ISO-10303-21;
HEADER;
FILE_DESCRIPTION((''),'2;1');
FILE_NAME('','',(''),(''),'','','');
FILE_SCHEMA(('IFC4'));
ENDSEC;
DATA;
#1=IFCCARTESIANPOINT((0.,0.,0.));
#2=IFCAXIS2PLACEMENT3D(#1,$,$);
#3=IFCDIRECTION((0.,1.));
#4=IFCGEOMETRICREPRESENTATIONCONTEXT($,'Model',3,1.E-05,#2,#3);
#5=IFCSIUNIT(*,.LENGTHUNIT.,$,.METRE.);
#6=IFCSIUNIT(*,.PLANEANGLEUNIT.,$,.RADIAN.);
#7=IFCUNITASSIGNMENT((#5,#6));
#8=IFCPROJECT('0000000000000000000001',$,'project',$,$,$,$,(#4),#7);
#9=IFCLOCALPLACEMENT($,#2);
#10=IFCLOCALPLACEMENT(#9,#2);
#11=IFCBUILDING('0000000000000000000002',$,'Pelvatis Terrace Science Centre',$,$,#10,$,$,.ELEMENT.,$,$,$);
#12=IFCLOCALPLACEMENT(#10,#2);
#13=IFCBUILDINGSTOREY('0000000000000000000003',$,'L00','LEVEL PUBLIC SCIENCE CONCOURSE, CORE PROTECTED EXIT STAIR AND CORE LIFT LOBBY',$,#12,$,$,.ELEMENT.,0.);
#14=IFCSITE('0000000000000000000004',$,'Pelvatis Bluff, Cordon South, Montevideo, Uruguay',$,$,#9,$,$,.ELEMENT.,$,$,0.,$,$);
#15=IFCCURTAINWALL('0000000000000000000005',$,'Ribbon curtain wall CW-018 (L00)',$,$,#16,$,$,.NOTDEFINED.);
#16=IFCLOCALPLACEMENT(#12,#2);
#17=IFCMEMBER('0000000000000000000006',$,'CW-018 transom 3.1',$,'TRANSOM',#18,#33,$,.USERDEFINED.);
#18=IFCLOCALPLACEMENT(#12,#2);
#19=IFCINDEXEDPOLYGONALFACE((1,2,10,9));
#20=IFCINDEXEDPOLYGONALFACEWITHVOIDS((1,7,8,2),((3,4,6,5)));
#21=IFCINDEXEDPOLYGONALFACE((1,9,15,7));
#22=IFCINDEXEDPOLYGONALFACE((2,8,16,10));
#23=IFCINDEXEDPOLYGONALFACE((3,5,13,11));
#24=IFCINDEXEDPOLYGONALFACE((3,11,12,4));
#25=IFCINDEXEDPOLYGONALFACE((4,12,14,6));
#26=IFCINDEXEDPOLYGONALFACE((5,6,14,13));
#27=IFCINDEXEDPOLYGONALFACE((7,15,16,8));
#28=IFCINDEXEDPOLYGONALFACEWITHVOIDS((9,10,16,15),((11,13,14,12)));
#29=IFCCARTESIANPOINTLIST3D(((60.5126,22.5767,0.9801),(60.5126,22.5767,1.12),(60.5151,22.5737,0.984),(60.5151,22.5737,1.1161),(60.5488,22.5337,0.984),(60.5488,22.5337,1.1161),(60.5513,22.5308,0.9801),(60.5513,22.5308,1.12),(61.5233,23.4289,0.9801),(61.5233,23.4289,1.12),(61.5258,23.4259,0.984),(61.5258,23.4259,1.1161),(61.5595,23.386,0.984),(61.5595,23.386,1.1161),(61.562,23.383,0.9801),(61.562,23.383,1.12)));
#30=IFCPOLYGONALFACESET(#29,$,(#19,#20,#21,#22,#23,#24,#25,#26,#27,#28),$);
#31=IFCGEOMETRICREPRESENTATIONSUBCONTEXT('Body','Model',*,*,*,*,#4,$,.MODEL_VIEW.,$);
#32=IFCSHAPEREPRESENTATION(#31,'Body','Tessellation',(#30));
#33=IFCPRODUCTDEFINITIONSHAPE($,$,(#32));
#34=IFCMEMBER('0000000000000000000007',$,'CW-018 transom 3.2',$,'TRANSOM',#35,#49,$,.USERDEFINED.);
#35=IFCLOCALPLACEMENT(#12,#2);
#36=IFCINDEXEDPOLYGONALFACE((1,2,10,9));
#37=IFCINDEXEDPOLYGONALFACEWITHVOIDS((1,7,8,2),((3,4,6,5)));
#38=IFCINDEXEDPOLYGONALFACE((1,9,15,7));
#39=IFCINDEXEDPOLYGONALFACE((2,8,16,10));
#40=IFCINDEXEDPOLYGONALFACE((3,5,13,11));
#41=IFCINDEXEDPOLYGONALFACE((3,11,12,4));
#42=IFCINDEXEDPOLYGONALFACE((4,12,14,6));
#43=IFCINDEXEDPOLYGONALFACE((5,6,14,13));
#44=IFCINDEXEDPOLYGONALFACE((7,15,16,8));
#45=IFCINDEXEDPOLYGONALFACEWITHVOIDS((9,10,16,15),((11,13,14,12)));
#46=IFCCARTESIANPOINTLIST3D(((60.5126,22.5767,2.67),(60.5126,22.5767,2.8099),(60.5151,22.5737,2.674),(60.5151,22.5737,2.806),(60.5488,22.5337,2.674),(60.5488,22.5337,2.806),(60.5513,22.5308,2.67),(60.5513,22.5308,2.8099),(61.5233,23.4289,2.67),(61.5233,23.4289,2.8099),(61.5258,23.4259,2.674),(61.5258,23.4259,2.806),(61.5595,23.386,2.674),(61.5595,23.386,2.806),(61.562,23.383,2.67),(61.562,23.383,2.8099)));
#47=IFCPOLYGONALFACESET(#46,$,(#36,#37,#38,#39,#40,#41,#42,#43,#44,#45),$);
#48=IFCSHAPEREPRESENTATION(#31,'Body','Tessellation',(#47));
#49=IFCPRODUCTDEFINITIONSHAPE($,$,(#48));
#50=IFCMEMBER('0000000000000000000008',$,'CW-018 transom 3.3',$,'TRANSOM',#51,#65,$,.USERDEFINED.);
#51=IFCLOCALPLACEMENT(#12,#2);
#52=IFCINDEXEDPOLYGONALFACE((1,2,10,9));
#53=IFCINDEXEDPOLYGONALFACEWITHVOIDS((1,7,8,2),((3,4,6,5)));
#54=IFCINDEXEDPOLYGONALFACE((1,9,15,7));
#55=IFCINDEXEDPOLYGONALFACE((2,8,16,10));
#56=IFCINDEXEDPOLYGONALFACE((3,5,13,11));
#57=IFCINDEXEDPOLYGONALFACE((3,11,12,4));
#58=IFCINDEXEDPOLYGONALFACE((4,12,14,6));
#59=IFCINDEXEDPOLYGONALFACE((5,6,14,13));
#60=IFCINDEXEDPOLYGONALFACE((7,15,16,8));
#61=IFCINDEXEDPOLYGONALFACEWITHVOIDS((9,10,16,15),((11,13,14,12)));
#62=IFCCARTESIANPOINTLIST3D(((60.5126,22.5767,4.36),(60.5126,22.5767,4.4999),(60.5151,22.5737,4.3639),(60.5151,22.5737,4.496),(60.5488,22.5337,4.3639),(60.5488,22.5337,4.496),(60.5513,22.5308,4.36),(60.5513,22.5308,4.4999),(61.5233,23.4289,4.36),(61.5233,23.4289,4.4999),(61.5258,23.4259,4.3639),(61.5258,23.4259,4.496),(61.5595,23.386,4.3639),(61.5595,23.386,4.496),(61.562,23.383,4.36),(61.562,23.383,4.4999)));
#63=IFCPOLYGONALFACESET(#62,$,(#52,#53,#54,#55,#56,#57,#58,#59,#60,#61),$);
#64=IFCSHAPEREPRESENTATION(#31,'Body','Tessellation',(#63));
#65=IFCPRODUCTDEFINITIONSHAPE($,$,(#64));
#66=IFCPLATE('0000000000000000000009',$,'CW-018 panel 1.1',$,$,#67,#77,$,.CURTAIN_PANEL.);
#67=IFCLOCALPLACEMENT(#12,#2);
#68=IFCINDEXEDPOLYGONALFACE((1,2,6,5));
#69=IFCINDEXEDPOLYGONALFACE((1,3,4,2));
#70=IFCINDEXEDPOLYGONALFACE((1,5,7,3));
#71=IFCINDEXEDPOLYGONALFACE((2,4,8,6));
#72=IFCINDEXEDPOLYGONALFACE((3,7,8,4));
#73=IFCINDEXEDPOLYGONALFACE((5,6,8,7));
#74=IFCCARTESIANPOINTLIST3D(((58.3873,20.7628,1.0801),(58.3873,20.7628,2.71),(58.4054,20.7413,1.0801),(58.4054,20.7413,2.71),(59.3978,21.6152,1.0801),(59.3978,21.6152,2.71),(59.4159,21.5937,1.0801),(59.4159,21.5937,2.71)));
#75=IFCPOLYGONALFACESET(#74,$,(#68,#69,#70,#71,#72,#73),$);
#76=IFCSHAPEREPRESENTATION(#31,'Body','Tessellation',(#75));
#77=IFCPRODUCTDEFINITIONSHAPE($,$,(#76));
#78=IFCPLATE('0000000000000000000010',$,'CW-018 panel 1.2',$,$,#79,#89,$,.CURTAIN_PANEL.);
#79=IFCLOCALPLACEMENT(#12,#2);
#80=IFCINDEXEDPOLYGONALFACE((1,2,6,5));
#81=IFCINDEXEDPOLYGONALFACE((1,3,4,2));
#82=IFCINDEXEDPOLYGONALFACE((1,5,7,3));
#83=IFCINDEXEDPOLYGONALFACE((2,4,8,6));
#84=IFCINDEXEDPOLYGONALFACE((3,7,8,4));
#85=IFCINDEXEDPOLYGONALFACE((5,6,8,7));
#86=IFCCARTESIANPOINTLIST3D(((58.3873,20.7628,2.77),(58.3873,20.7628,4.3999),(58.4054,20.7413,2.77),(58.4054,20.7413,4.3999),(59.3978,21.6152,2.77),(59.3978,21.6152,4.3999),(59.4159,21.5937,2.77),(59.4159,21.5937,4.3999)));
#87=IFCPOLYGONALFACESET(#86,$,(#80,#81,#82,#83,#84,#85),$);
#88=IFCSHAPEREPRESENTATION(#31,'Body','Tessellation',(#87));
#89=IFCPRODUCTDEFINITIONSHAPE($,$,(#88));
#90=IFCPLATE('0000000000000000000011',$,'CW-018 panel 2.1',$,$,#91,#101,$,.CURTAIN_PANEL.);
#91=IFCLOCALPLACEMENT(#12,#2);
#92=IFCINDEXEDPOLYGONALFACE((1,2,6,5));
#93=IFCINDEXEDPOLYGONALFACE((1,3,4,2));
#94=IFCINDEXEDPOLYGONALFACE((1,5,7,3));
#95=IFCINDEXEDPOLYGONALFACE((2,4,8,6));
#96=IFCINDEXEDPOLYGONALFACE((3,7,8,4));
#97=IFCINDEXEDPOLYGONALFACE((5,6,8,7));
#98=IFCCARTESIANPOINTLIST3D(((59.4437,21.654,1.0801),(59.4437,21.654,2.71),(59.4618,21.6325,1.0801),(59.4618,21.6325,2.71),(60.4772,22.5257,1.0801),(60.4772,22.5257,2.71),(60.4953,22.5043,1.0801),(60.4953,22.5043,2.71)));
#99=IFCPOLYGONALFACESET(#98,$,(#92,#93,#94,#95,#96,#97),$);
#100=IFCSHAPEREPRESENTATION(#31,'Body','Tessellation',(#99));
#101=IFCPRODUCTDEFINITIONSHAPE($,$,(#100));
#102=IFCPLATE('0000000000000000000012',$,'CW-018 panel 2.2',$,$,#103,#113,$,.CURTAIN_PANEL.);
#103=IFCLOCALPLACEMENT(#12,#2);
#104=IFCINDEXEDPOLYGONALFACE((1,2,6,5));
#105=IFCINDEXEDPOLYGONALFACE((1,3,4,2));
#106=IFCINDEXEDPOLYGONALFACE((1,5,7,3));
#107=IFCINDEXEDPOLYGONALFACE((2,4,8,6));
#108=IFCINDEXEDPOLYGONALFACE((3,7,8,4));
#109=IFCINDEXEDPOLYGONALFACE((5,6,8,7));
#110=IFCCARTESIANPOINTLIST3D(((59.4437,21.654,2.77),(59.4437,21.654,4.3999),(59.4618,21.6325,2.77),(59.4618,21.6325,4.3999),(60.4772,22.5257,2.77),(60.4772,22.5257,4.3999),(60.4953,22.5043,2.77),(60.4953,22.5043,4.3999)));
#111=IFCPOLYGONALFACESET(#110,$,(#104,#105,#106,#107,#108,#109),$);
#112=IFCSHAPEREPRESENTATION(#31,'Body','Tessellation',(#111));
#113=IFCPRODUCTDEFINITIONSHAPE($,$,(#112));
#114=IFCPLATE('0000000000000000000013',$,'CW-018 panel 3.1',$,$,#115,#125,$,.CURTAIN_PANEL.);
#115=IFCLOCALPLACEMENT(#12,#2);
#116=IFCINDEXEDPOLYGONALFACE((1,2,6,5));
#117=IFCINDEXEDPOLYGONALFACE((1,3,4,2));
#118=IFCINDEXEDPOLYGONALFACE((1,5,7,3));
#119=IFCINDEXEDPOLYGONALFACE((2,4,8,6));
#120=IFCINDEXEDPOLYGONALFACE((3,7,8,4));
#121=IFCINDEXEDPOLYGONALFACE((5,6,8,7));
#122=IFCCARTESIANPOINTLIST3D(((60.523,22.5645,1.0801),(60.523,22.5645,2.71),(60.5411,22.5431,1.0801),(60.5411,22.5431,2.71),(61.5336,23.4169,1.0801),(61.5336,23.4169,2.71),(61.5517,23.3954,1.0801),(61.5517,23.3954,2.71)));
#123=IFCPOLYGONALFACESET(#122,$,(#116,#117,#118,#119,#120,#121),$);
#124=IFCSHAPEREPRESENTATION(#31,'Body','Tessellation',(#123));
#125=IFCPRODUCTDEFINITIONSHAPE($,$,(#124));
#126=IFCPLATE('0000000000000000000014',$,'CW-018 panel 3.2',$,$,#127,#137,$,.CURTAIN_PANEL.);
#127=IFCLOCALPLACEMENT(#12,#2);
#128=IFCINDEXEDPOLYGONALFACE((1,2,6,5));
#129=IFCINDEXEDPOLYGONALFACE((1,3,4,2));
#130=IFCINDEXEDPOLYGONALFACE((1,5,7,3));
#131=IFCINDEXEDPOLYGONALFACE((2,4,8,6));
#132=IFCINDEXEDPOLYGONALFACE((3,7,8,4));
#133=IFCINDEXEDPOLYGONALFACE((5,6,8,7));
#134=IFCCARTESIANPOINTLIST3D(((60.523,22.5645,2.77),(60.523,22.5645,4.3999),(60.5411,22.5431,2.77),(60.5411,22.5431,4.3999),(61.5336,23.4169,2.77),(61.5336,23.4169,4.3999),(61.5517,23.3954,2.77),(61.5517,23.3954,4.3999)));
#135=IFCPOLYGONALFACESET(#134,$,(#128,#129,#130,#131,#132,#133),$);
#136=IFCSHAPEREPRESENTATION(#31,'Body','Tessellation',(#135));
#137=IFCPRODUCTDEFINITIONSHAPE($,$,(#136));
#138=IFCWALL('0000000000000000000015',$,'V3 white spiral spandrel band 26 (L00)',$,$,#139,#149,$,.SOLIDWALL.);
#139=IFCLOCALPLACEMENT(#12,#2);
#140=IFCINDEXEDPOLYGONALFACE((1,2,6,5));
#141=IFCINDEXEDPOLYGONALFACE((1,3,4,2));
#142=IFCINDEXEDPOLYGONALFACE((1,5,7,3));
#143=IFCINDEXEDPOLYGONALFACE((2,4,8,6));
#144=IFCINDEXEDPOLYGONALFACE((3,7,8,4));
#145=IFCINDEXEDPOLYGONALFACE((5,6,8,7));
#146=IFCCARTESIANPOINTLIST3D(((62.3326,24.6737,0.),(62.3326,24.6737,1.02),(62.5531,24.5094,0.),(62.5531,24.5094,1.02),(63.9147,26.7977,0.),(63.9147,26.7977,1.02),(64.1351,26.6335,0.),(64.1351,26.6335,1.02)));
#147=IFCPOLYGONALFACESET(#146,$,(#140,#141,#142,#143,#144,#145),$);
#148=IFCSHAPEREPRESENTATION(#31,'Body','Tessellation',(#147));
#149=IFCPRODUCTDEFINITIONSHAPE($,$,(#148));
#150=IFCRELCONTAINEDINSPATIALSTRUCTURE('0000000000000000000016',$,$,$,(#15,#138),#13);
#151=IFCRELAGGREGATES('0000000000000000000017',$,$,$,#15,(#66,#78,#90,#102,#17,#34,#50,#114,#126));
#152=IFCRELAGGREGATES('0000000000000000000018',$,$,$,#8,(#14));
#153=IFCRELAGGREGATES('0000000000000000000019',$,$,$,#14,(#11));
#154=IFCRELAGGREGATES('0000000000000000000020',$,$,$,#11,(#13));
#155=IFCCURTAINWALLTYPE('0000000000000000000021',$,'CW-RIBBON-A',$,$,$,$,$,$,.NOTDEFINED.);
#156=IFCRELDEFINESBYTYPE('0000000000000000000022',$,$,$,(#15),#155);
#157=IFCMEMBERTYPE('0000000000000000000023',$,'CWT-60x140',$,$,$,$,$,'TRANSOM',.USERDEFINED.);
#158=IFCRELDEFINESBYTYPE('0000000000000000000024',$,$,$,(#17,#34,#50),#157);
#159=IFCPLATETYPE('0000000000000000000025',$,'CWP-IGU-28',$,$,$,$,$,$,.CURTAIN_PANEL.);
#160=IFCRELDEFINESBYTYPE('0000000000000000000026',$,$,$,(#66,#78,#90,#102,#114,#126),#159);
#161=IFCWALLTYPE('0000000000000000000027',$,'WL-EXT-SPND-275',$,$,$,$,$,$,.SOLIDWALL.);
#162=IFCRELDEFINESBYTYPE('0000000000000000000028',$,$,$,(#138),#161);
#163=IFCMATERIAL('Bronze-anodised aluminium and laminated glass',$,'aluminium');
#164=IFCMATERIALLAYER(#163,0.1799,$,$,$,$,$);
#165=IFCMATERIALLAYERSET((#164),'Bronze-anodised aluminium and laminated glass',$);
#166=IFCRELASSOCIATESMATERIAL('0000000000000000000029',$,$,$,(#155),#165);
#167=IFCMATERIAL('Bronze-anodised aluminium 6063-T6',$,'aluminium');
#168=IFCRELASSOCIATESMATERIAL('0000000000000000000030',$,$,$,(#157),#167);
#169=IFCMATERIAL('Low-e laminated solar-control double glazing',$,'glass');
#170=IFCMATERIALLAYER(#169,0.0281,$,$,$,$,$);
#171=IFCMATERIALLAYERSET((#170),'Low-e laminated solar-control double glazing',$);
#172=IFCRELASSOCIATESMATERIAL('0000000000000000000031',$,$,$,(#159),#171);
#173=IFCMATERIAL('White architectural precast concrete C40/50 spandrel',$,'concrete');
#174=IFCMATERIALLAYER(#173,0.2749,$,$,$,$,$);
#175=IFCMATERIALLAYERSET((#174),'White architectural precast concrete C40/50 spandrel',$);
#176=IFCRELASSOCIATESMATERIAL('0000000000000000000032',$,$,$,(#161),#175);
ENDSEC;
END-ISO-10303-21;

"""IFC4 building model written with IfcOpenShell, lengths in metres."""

from ifc_helpers import new_model, si_unit, direction, frame, frame_2d, origin, origin_2d, place, context, subcontext, project, spatial, rectangle, hollow_rectangle, extrude, material, layer, layer_set, material_profile, profile_set, type_object, element, aggregate, save


model = new_model("IFC4")

# Units and contexts
model_context = context("Model", 3, precision=1e-05, world=origin(), true_north=direction((0.0, 1.0)))
body_context = subcontext(model_context, "Body", "Model", "MODEL_VIEW")
ifc_project = project(units=[si_unit("LENGTHUNIT", "METRE"), si_unit("PLANEANGLEUNIT", "RADIAN")], contexts=[model_context])

# Site, building, storey
site_placement = place(None, origin())
site = spatial("IfcSite", under=ifc_project, at=site_placement, Name="Pelvatis Bluff, Cordon South, Montevideo, Uruguay", CompositionType="ELEMENT", RefElevation=0.0)
building_placement = place(site_placement, origin())
building = spatial("IfcBuilding", under=site, at=building_placement, Name="Pelvatis Terrace Science Centre", CompositionType="ELEMENT")
storey_placement = place(building_placement, origin())
storey = spatial("IfcBuildingStorey", under=building, at=storey_placement, Name="L00", Description="LEVEL PUBLIC SCIENCE CONCOURSE, CORE PROTECTED EXIT STAIR AND CORE LIFT LOBBY", CompositionType="ELEMENT", Elevation=0.0)

# Curtain wall, members, plates
ifc_material_1 = material(Name="Bronze-anodised aluminium and laminated glass", Category="aluminium")
ifc_layer_1 = layer(ifc_material_1, 0.1799)
ifc_layer_set_1 = layer_set([ifc_layer_1], Name="Bronze-anodised aluminium and laminated glass")
curtain_wall_type = type_object("IfcCurtainWallType", Name="CW-RIBBON-A", PredefinedType="NOTDEFINED", material=ifc_layer_set_1)
curtain_wall_placement = place(storey_placement, origin())
curtain_wall = element("IfcCurtainWall", 1, at=curtain_wall_placement, inside=storey, type_object=curtain_wall_type, Name="Ribbon curtain wall CW-018 (L00)", PredefinedType="NOTDEFINED")
ifc_material_2 = material(Name="Bronze-anodised aluminium 6063-T6", Category="aluminium")
ifc_material_profile_1 = material_profile(ifc_material_2, hollow_rectangle(XDim=0.0601, YDim=0.1399, WallThickness=0.0039, at=origin_2d()), Name="ALU-TRN 60x140")
ifc_profile_set_1 = profile_set([ifc_material_profile_1], Name="Bronze-anodised aluminium 6063-T6")
member_type_1 = type_object("IfcMemberType", Name="CWT-60x140", ElementType="TRANSOM", PredefinedType="USERDEFINED", material=ifc_profile_set_1)
member_1_placement = place(storey_placement, frame((60.532, 22.5537, 1.05), z_axis=(0.764485, 0.644642, 0.0), x_axis=(-0.644642, 0.764485, 0.0)))
member_1 = element("IfcMember", 2, at=member_1_placement, type_object=member_type_1, Name="CW-018 transom 3.1", ObjectType="TRANSOM", PredefinedType="USERDEFINED", context=body_context, shape_type="SweptSolid", body=[
    extrude(hollow_rectangle(XDim=0.0601, YDim=0.1399, WallThickness=0.0039, at=origin_2d()), origin(), (0.0, 0.0, 1.0), 1.322),
])
member_2_placement = place(storey_placement, frame((60.532, 22.5537, 2.74), z_axis=(0.764485, 0.644642, 0.0), x_axis=(-0.644642, 0.764485, 0.0)))
member_2 = element("IfcMember", 3, at=member_2_placement, type_object=member_type_1, Name="CW-018 transom 3.2", ObjectType="TRANSOM", PredefinedType="USERDEFINED", context=body_context, shape_type="SweptSolid", body=[
    extrude(hollow_rectangle(XDim=0.0601, YDim=0.1399, WallThickness=0.0039, at=origin_2d()), origin(), (0.0, 0.0, 1.0), 1.322),
])
member_3_placement = place(storey_placement, frame((60.532, 22.5537, 4.4299), z_axis=(0.764485, 0.644642, 0.0), x_axis=(-0.644642, 0.764485, 0.0)))
member_3 = element("IfcMember", 4, at=member_3_placement, type_object=member_type_1, Name="CW-018 transom 3.3", ObjectType="TRANSOM", PredefinedType="USERDEFINED", context=body_context, shape_type="SweptSolid", body=[
    extrude(hollow_rectangle(XDim=0.0601, YDim=0.1399, WallThickness=0.0039, at=origin_2d()), origin(), (0.0, 0.0, 1.0), 1.322),
])
ifc_material_3 = material(Name="Low-e laminated solar-control double glazing", Category="glass")
ifc_layer_2 = layer(ifc_material_3, 0.0281)
ifc_layer_set_2 = layer_set([ifc_layer_2], Name="Low-e laminated solar-control double glazing")
plate_type = type_object("IfcPlateType", Name="CWP-IGU-28", PredefinedType="CURTAIN_PANEL", material=ifc_layer_set_2)
plate_1_placement = place(storey_placement, frame((58.9016, 21.1782, 1.0801), z_axis=(0.0, 0.0, 1.0), x_axis=(0.764378, 0.644768, 0.0)))
plate_1 = element("IfcPlate", 5, at=plate_1_placement, type_object=plate_type, Name="CW-018 panel 1.1", PredefinedType="CURTAIN_PANEL", context=body_context, shape_type="SweptSolid", body=[
    extrude(rectangle(XDim=1.322, YDim=0.0281, at=origin_2d()), origin(), (0.0, 0.0, 1.0), 1.6299),
])
plate_2_placement = place(storey_placement, frame((58.9016, 21.1782, 2.77), z_axis=(0.0, 0.0, 1.0), x_axis=(0.764378, 0.644768, 0.0)))
plate_2 = element("IfcPlate", 6, at=plate_2_placement, type_object=plate_type, Name="CW-018 panel 1.2", PredefinedType="CURTAIN_PANEL", context=body_context, shape_type="SweptSolid", body=[
    extrude(rectangle(XDim=1.322, YDim=0.0281, at=origin_2d()), origin(), (0.0, 0.0, 1.0), 1.6299),
])
plate_3_placement = place(storey_placement, frame((59.9695, 22.0791, 1.0801), z_axis=(0.0, 0.0, 1.0), x_axis=(0.764378, 0.644768, 0.0)))
plate_3 = element("IfcPlate", 7, at=plate_3_placement, type_object=plate_type, Name="CW-018 panel 2.1", PredefinedType="CURTAIN_PANEL", context=body_context, shape_type="SweptSolid", body=[
    extrude(rectangle(XDim=1.3521, YDim=0.0281, at=origin_2d()), origin(), (0.0, 0.0, 1.0), 1.6299),
])
plate_4_placement = place(storey_placement, frame((59.9695, 22.0791, 2.77), z_axis=(0.0, 0.0, 1.0), x_axis=(0.764378, 0.644768, 0.0)))
plate_4 = element("IfcPlate", 8, at=plate_4_placement, type_object=plate_type, Name="CW-018 panel 2.2", PredefinedType="CURTAIN_PANEL", context=body_context, shape_type="SweptSolid", body=[
    extrude(rectangle(XDim=1.3521, YDim=0.0281, at=origin_2d()), origin(), (0.0, 0.0, 1.0), 1.6299),
])
plate_5_placement = place(storey_placement, frame((61.0374, 22.98, 1.0801), z_axis=(0.0, 0.0, 1.0), x_axis=(0.764378, 0.644768, 0.0)))
plate_5 = element("IfcPlate", 9, at=plate_5_placement, type_object=plate_type, Name="CW-018 panel 3.1", PredefinedType="CURTAIN_PANEL", context=body_context, shape_type="SweptSolid", body=[
    extrude(rectangle(XDim=1.322, YDim=0.0281, at=origin_2d()), origin(), (0.0, 0.0, 1.0), 1.6299),
])
plate_6_placement = place(storey_placement, frame((61.0374, 22.98, 2.77), z_axis=(0.0, 0.0, 1.0), x_axis=(0.764378, 0.644768, 0.0)))
plate_6 = element("IfcPlate", 10, at=plate_6_placement, type_object=plate_type, Name="CW-018 panel 3.2", PredefinedType="CURTAIN_PANEL", context=body_context, shape_type="SweptSolid", body=[
    extrude(rectangle(XDim=1.322, YDim=0.0281, at=origin_2d()), origin(), (0.0, 0.0, 1.0), 1.6299),
])
aggregate(curtain_wall, [plate_1, plate_2, plate_3, plate_4, member_1, member_2, member_3, plate_5, plate_6])

# Wall
ifc_material_4 = material(Name="White architectural precast concrete C40/50 spandrel", Category="concrete")
ifc_layer_3 = layer(ifc_material_4, 0.2749)
ifc_layer_set_3 = layer_set([ifc_layer_3], Name="White architectural precast concrete C40/50 spandrel")
wall_type = type_object("IfcWallType", Name="WL-EXT-SPND-275", PredefinedType="SOLIDWALL", material=ifc_layer_set_3)
wall_placement = place(storey_placement, frame((62.4429, 24.5916, 0.0), z_axis=(0.0, 0.0, 1.0), x_axis=(0.597342, 0.801987, 0.0)))
element("IfcWall", 11, at=wall_placement, inside=storey, type_object=wall_type, Name="V3 white spiral spandrel band 26 (L00)", PredefinedType="SOLIDWALL", context=body_context, shape_type="SweptSolid", body=[
    extrude(rectangle(XDim=2.6484, YDim=0.2749, at=frame_2d((1.3242, 0.0))), origin(), (0.0, 0.0, 1.0), 1.02),
])

save(model, "model.ifc")
